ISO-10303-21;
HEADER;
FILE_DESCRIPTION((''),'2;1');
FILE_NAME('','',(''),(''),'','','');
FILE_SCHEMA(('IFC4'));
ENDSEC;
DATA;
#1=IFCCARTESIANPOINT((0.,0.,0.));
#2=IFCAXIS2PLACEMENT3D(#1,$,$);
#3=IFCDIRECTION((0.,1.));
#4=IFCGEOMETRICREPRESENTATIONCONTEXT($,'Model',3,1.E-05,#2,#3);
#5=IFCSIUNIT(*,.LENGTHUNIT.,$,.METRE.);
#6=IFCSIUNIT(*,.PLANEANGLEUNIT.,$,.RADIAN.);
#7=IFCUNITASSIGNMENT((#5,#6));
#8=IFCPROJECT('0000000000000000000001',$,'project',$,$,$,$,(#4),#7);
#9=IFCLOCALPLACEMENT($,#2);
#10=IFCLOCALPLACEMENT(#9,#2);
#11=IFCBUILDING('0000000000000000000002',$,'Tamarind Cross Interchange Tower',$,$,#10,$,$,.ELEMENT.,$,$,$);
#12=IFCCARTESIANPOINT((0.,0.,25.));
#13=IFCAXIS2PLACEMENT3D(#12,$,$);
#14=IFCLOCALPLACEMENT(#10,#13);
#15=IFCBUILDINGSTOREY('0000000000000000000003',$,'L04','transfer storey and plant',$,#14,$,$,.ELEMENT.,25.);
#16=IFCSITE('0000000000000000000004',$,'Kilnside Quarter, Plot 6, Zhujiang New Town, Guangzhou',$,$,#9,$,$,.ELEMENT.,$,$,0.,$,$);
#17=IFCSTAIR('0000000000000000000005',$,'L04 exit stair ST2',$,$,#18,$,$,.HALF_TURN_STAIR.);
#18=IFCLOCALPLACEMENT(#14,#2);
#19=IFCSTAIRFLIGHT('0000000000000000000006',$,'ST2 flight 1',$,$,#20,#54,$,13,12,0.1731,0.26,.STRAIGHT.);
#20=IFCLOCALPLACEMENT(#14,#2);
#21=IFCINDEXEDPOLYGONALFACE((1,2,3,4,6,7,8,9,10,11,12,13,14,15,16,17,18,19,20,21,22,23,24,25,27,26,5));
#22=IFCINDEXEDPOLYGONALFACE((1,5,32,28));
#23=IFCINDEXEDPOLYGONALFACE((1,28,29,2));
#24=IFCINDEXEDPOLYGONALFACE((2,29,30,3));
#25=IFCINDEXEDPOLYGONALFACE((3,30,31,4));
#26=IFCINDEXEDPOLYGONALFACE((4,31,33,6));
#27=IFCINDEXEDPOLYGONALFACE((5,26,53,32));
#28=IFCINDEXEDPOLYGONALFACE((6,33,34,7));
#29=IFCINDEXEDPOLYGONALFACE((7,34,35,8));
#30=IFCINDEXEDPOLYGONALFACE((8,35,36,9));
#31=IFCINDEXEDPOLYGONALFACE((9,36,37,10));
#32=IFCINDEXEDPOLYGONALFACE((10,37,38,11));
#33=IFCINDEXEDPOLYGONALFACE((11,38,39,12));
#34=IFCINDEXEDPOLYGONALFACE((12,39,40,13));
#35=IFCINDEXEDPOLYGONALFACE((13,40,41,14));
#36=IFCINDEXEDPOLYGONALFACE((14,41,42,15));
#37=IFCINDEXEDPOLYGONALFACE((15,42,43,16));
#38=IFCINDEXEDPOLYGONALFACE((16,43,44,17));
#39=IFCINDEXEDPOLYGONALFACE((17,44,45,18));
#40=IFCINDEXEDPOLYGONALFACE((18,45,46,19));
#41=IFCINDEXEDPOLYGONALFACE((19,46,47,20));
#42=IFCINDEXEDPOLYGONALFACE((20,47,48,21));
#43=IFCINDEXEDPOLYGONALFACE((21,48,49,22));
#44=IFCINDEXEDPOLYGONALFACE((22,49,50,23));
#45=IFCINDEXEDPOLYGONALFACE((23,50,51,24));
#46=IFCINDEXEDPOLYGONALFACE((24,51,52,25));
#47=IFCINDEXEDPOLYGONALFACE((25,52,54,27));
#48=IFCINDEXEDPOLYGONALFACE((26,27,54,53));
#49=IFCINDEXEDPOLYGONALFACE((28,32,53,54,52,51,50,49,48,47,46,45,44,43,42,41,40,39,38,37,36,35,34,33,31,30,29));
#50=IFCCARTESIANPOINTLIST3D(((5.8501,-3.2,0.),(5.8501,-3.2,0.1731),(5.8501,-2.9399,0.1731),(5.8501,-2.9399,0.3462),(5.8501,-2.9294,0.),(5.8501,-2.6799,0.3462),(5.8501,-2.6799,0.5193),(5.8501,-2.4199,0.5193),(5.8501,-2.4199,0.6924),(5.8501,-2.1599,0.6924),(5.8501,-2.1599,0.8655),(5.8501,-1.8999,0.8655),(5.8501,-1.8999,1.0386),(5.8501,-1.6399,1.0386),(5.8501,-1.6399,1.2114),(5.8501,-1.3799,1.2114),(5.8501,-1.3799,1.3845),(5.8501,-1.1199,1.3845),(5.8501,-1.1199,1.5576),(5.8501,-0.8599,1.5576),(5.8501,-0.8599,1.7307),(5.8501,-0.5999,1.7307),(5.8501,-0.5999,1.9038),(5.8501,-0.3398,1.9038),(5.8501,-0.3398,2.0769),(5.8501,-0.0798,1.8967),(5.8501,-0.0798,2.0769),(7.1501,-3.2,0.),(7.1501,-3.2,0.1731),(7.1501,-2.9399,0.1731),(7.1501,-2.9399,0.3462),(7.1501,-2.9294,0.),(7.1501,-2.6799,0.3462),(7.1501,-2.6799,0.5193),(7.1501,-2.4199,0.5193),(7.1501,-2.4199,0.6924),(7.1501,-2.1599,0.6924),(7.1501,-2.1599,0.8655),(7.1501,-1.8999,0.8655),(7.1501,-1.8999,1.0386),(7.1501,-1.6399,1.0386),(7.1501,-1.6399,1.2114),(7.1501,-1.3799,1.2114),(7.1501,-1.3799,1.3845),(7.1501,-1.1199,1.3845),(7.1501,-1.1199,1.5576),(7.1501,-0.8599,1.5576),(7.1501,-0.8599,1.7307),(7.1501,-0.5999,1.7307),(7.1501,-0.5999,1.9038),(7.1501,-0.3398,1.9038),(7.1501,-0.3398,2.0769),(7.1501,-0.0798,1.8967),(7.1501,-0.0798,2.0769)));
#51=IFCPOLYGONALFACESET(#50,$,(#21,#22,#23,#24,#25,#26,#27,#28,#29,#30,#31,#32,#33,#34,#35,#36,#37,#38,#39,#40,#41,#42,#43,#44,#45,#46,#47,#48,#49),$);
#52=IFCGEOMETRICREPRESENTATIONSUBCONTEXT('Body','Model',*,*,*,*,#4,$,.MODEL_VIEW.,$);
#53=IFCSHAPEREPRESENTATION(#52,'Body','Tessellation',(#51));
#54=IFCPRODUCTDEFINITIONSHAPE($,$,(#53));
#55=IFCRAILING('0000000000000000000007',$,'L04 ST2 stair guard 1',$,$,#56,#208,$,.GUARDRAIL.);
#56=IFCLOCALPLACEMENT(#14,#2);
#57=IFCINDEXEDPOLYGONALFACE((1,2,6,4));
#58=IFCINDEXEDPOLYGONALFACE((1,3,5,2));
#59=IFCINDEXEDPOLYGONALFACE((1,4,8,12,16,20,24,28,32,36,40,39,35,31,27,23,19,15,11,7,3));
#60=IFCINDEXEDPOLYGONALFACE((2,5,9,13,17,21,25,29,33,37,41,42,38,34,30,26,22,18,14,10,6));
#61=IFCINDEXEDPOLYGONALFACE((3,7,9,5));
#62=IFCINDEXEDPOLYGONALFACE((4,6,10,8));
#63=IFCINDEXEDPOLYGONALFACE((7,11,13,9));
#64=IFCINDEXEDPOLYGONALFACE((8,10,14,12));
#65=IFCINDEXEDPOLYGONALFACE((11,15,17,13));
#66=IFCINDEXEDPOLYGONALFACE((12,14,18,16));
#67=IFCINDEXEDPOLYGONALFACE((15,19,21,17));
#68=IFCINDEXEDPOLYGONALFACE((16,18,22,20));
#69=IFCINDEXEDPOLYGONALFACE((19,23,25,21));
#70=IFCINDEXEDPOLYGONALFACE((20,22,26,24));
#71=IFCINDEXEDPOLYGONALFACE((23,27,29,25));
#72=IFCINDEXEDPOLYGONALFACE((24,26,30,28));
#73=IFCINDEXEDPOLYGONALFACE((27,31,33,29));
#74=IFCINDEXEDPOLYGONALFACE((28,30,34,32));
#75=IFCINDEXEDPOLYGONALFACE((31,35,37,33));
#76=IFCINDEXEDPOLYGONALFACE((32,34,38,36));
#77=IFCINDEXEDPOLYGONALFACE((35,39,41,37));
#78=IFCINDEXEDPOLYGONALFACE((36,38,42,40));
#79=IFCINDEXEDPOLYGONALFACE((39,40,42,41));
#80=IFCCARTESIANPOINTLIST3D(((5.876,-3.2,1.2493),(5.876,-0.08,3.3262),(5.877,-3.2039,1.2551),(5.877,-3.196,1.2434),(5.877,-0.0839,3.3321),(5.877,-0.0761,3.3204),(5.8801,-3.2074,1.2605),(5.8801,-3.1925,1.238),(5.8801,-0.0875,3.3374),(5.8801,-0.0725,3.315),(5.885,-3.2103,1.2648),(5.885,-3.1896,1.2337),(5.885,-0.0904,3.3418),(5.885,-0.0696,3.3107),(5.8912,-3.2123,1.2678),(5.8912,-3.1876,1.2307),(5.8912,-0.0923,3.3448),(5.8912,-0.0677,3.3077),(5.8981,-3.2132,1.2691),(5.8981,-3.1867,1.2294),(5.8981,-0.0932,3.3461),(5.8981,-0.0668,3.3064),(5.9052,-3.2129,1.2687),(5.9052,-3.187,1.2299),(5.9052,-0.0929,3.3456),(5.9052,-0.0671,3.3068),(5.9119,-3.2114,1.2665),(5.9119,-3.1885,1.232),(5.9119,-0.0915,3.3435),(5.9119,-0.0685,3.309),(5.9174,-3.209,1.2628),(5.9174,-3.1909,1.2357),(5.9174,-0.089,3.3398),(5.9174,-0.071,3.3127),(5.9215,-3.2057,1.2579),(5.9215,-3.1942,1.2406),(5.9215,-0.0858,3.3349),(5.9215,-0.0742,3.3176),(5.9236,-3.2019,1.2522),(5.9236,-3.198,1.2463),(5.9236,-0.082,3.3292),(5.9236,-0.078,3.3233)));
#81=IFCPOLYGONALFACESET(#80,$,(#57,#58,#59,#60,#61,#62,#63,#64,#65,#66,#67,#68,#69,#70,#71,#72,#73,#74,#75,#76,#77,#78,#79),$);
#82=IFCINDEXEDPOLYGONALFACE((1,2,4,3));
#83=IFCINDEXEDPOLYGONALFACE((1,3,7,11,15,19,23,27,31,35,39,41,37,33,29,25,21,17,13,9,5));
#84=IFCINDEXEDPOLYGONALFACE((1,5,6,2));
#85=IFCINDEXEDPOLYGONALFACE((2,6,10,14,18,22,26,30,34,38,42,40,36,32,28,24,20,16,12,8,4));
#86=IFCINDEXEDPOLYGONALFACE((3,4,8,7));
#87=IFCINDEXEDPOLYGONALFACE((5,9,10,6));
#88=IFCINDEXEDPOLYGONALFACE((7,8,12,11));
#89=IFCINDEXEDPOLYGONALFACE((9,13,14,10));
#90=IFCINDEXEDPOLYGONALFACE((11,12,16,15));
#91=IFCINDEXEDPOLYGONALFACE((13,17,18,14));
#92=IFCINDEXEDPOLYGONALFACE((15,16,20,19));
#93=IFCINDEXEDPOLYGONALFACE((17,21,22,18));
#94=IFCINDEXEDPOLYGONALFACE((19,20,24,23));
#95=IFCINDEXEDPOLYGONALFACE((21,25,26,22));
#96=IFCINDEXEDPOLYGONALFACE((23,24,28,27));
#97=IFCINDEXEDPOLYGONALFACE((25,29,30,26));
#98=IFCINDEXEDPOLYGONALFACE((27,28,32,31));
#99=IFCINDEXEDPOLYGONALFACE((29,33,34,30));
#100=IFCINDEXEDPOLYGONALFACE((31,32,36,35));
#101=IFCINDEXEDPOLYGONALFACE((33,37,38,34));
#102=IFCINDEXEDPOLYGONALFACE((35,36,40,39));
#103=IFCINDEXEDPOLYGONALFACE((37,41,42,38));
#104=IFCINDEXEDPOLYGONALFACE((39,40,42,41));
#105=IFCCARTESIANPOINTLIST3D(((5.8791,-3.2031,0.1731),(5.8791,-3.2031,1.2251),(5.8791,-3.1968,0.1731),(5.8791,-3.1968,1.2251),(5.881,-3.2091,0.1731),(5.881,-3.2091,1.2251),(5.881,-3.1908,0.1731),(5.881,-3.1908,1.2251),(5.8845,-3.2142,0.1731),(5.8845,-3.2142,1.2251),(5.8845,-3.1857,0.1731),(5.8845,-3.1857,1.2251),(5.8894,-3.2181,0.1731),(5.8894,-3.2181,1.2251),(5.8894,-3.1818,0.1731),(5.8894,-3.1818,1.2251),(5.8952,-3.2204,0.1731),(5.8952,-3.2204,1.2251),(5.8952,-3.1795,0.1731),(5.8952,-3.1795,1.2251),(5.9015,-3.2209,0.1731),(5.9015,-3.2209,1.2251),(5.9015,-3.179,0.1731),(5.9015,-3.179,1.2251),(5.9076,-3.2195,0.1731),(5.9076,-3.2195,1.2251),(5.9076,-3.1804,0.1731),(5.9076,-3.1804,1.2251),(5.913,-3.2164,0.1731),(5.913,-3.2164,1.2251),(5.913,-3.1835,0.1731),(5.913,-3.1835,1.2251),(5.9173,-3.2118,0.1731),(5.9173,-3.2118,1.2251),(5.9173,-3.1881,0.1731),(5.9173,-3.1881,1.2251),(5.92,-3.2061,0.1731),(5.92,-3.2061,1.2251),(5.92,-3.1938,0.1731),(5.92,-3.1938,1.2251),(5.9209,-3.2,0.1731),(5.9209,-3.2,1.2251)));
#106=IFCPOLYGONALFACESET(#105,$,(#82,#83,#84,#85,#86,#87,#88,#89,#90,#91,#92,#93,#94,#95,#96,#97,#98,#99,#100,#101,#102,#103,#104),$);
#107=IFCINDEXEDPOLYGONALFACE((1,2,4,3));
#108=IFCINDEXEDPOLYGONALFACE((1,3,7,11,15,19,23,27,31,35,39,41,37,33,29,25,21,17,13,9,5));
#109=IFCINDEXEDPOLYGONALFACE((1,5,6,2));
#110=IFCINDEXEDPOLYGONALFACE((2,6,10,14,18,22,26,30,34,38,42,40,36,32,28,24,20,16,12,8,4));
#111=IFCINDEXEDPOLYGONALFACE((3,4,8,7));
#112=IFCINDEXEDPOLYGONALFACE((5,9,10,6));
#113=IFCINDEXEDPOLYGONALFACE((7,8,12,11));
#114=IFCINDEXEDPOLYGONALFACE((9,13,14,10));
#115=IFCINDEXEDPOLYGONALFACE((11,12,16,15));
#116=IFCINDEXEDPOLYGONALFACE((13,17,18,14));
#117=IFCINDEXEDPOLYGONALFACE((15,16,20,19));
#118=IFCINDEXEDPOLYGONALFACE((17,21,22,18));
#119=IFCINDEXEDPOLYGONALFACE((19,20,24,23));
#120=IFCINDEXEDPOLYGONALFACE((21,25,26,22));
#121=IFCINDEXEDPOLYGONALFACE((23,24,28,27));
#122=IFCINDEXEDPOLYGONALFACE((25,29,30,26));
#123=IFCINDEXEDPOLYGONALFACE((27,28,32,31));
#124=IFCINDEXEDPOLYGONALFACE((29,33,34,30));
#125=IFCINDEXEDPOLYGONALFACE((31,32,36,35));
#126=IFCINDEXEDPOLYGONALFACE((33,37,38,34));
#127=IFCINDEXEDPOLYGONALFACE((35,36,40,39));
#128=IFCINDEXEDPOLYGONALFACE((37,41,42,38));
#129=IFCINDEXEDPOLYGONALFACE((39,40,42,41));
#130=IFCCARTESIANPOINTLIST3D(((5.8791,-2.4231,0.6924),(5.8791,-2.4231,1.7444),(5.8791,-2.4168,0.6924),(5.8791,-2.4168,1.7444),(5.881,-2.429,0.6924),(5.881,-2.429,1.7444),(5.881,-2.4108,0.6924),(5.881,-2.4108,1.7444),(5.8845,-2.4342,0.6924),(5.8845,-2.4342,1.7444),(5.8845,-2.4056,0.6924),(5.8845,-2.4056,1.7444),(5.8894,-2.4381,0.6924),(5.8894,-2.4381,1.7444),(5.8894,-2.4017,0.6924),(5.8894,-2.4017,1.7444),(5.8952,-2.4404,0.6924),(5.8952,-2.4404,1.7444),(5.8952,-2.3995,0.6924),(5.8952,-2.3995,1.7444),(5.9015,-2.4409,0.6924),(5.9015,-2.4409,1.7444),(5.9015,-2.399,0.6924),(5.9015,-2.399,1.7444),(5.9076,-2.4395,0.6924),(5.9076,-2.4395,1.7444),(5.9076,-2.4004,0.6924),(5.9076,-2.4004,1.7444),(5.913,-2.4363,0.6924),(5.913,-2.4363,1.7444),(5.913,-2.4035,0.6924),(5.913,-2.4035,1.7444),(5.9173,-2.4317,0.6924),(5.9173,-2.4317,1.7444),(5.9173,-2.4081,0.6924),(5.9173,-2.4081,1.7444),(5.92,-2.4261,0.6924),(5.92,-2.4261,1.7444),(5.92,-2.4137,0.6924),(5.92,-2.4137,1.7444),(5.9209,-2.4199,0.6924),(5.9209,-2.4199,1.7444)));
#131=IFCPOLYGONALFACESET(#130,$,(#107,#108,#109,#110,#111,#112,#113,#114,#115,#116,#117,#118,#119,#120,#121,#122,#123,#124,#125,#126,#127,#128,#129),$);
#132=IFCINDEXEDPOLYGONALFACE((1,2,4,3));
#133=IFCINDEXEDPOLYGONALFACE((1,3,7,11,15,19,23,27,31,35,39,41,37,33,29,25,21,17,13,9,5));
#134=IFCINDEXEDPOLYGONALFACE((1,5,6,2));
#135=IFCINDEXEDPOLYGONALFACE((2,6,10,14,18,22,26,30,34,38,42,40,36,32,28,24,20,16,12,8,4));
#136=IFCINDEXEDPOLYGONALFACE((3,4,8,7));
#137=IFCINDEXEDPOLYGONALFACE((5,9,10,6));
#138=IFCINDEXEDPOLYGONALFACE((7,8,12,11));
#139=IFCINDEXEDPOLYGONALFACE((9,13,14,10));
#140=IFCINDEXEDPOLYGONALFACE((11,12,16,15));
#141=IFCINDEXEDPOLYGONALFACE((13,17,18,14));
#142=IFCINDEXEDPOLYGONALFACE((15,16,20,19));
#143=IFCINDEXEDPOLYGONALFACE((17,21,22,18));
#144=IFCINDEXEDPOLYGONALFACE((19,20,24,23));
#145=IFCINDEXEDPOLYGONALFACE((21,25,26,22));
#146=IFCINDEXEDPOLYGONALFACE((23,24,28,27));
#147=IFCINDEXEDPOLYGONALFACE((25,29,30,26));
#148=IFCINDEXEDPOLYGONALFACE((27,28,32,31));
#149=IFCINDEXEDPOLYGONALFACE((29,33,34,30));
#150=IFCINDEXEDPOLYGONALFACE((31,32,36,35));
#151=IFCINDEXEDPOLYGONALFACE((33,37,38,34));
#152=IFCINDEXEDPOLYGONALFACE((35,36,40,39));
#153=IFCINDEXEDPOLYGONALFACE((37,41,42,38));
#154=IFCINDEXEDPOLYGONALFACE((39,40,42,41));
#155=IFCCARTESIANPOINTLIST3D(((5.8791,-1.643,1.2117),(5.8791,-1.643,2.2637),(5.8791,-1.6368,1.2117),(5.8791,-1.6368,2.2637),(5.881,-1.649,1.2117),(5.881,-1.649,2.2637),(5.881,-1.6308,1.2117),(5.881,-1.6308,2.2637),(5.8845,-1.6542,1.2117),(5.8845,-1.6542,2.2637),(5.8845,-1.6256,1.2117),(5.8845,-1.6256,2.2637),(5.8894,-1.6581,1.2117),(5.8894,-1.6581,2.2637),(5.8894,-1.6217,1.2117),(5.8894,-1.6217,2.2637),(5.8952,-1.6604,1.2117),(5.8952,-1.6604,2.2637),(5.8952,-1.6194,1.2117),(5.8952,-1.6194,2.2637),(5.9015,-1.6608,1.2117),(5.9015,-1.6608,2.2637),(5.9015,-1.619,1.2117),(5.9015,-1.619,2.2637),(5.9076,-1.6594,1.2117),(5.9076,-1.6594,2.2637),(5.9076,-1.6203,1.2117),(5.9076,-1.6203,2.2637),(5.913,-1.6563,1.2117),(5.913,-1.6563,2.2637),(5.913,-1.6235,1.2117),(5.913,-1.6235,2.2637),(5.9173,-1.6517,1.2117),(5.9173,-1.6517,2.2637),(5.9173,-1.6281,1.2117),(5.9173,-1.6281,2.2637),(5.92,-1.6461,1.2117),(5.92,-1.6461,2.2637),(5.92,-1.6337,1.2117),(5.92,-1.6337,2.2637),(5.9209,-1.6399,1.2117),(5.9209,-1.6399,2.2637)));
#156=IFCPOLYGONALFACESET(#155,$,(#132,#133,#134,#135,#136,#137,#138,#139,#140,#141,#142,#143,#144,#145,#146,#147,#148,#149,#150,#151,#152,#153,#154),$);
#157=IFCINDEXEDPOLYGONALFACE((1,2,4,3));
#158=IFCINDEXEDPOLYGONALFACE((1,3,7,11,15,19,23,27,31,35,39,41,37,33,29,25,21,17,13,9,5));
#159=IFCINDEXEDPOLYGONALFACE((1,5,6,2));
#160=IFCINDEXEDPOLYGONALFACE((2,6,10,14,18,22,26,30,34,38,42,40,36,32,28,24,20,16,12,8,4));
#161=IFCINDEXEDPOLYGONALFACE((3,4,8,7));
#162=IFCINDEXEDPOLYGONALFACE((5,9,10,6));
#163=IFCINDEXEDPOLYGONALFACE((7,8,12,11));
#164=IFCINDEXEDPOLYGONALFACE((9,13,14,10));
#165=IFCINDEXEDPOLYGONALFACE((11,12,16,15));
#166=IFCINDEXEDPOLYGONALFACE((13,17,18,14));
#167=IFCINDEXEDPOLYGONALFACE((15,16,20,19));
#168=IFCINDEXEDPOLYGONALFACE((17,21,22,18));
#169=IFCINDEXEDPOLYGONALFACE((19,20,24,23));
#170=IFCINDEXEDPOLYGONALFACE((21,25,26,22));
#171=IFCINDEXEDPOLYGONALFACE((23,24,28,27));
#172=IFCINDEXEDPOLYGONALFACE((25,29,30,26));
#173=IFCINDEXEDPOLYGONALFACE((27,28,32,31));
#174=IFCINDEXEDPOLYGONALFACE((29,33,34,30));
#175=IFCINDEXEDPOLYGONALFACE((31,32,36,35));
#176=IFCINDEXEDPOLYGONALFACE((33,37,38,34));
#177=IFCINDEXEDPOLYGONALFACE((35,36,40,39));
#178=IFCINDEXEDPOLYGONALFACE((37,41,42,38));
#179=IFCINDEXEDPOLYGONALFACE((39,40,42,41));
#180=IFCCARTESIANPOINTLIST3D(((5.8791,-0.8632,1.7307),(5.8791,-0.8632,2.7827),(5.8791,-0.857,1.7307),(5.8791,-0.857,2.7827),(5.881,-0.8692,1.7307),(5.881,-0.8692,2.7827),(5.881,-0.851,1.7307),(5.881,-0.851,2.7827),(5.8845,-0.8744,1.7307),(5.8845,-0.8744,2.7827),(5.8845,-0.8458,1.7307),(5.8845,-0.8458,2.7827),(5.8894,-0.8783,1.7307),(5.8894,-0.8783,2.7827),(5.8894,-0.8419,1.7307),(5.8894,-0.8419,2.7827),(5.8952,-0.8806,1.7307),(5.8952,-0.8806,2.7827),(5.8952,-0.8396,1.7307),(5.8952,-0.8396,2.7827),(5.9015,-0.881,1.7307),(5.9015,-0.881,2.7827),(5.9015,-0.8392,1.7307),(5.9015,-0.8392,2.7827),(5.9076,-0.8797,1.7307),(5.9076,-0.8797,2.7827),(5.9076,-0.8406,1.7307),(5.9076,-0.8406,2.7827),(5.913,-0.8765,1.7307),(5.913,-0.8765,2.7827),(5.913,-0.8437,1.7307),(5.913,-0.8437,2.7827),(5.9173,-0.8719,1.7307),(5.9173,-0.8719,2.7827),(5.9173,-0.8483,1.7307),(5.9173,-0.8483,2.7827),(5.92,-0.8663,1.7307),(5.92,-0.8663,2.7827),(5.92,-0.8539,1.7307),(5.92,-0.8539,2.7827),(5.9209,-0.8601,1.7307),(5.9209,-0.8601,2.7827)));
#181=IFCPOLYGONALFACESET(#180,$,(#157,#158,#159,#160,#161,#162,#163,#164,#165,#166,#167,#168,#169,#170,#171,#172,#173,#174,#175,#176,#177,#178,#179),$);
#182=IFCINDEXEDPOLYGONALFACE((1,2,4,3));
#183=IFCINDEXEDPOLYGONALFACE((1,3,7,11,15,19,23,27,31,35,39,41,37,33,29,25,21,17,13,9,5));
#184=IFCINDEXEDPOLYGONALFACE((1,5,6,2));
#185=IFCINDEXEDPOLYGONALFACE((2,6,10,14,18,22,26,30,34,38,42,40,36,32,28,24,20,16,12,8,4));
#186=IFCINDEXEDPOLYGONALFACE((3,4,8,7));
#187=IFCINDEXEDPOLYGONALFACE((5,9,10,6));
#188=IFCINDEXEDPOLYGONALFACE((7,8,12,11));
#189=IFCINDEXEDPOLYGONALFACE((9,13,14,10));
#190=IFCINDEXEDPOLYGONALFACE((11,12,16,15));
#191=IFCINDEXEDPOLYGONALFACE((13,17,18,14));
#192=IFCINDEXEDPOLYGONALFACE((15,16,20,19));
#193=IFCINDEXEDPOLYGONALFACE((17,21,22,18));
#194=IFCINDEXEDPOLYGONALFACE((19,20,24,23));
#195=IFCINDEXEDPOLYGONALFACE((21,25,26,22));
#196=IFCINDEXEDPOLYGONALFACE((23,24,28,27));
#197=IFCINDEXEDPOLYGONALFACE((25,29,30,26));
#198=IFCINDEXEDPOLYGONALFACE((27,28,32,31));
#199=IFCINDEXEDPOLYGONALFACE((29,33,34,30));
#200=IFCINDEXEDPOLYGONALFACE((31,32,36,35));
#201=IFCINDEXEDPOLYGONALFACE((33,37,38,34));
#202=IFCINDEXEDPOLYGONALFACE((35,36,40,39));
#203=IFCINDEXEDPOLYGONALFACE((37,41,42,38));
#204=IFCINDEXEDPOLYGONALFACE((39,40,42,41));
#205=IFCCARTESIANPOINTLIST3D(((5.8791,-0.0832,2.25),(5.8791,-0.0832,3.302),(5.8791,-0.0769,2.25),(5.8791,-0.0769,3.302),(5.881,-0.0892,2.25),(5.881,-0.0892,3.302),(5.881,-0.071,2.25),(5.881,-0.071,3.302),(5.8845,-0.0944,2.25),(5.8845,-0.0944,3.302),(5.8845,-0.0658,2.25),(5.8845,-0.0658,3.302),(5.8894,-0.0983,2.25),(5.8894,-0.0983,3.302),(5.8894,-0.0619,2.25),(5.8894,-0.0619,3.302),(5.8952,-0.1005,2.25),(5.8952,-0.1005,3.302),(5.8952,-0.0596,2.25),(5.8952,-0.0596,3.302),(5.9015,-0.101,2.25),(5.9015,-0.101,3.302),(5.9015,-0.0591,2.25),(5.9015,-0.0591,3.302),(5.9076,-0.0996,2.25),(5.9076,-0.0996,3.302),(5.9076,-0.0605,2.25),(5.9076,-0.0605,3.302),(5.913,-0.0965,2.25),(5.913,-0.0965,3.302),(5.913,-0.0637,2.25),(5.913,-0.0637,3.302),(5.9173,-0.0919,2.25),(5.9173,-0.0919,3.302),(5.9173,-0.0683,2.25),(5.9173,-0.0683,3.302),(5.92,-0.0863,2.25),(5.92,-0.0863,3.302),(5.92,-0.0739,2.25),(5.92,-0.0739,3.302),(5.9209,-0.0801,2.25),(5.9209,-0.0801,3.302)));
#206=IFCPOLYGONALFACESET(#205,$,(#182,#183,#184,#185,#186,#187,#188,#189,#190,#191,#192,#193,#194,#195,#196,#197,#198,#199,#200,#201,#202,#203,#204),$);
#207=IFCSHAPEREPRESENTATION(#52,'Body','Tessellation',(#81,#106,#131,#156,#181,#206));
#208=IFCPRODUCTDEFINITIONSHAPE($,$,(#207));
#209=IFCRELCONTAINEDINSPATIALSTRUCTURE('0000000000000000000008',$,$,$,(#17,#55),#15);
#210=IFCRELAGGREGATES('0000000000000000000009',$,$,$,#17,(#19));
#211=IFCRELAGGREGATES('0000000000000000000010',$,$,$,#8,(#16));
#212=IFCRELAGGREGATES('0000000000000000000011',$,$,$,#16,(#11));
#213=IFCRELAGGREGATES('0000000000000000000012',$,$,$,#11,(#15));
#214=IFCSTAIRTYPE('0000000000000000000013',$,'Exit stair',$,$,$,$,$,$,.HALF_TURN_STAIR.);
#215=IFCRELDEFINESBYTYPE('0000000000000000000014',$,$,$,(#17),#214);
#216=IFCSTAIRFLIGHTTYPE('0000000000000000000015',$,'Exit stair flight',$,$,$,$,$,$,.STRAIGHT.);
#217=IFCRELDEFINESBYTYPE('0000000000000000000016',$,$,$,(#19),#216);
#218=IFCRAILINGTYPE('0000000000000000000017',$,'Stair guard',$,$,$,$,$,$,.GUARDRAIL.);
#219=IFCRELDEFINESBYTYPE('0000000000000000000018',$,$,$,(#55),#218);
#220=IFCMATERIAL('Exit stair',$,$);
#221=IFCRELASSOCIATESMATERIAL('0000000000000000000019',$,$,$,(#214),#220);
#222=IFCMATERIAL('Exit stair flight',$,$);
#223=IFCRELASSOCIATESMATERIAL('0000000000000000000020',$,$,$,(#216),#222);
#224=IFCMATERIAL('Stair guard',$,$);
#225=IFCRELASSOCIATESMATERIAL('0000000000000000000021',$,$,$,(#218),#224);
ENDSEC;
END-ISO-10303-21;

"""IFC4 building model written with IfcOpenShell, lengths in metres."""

from ifc_helpers import new_model, si_unit, direction, frame, origin, origin_2d, place, context, subcontext, project, spatial, polyline, circle, outline, extrude, material, type_object, element, aggregate, save


model = new_model("IFC4")

# Units and contexts
model_context = context("Model", 3, precision=1e-05, world=origin(), true_north=direction((0.0, 1.0)))
body_context = subcontext(model_context, "Body", "Model", "MODEL_VIEW")
ifc_project = project(units=[si_unit("LENGTHUNIT", "METRE"), si_unit("PLANEANGLEUNIT", "RADIAN")], contexts=[model_context])

# Site, building, storey
site_placement = place(None, origin())
site = spatial("IfcSite", under=ifc_project, at=site_placement, Name="Kilnside Quarter, Plot 6, Zhujiang New Town, Guangzhou", CompositionType="ELEMENT", RefElevation=0.0)
building_placement = place(site_placement, origin())
building = spatial("IfcBuilding", under=site, at=building_placement, Name="Tamarind Cross Interchange Tower", CompositionType="ELEMENT")
storey_placement = place(building_placement, frame((0.0, 0.0, 25.0)))
storey = spatial("IfcBuildingStorey", under=building, at=storey_placement, Name="L04", Description="transfer storey and plant", CompositionType="ELEMENT", Elevation=25.0)

# Stair, stair flight
ifc_material_1 = material(Name="Exit stair")
stair_type = type_object("IfcStairType", Name="Exit stair", PredefinedType="HALF_TURN_STAIR", material=ifc_material_1)
stair_placement = place(storey_placement, origin())
stair = element("IfcStair", 1, at=stair_placement, inside=storey, type_object=stair_type, Name="L04 exit stair ST2", PredefinedType="HALF_TURN_STAIR")
ifc_material_2 = material(Name="Exit stair flight")
stair_flight_type = type_object("IfcStairFlightType", Name="Exit stair flight", PredefinedType="STRAIGHT", material=ifc_material_2)
stair_flight_placement = place(storey_placement, frame((6.5, -3.2, 0.0), z_axis=(0.0, 0.0, 1.0), x_axis=(0.0, 1.0, 0.0)))
stair_flight = element("IfcStairFlight", 2, at=stair_flight_placement, type_object=stair_flight_type, Name="ST2 flight 1", NumberOfRisers=13, NumberOfTreads=12, PredefinedType="STRAIGHT", RiserHeight=0.1731, TreadLength=0.26, context=body_context, shape_type="SweptSolid", body=[
    extrude(outline(polyline([(0.0, 0.0), (0.0, 0.1731), (0.26, 0.1731), (0.26, 0.3462), (0.52, 0.3462), (0.52, 0.5193), (0.78, 0.5193), (0.78, 0.6924), (1.04, 0.6924), (1.04, 0.8655), (1.3, 0.8655), (1.3, 1.0386), (1.5601, 1.0386), (1.5601, 1.2114), (1.8201, 1.2114), (1.8201, 1.3845), (2.0801, 1.3845), (2.0801, 1.5576), (2.3401, 1.5576), (2.3401, 1.7307), (2.6001, 1.7307), (2.6001, 1.9038), (2.8601, 1.9038), (2.8601, 2.0769), (3.1201, 2.0769), (3.1201, 2.25), (3.1201, 1.8967), (0.2705, 0.0), (0.0, 0.0)])), frame((0.0, 0.6499, 0.0), z_axis=(0.0, -1.0, 0.0), x_axis=(1.0, 0.0, 0.0)), (0.0, 0.0, 1.0), 1.3),
])
aggregate(stair, [stair_flight])

# Railing
ifc_material_3 = material(Name="Stair guard")
railing_type_1 = type_object("IfcRailingType", Name="Stair guard", PredefinedType="GUARDRAIL", material=ifc_material_3)
railing_1_placement = place(storey_placement, frame((5.8999, -3.2, 0.1731)))
element("IfcRailing", 3, at=railing_1_placement, inside=storey, type_object=railing_type_1, Name="L04 ST2 stair guard 1", PredefinedType="GUARDRAIL", context=body_context, shape_type="SweptSolid", body=[
    extrude(circle(Radius=0.0239, at=origin_2d()), frame((0.0, 0.0, 1.0762), z_axis=(0.0, 0.832421, 0.554144), x_axis=(-1.0, 0.0, 0.0)), (0.0, 0.0, 1.0), 3.748),
    extrude(circle(Radius=0.021, at=origin_2d()), origin(), (0.0, 0.0, 1.0), 1.052),
    extrude(circle(Radius=0.021, at=origin_2d()), frame((0.0, 0.78, 0.5193)), (0.0, 0.0, 1.0), 1.052),
    extrude(circle(Radius=0.021, at=origin_2d()), frame((0.0, 1.5601, 1.0386)), (0.0, 0.0, 1.0), 1.052),
    extrude(circle(Radius=0.021, at=origin_2d()), frame((0.0, 2.3398, 1.5576)), (0.0, 0.0, 1.0), 1.052),
    extrude(circle(Radius=0.021, at=origin_2d()), frame((0.0, 3.1199, 2.0769)), (0.0, 0.0, 1.0), 1.052),
])

save(model, "model.ifc")
